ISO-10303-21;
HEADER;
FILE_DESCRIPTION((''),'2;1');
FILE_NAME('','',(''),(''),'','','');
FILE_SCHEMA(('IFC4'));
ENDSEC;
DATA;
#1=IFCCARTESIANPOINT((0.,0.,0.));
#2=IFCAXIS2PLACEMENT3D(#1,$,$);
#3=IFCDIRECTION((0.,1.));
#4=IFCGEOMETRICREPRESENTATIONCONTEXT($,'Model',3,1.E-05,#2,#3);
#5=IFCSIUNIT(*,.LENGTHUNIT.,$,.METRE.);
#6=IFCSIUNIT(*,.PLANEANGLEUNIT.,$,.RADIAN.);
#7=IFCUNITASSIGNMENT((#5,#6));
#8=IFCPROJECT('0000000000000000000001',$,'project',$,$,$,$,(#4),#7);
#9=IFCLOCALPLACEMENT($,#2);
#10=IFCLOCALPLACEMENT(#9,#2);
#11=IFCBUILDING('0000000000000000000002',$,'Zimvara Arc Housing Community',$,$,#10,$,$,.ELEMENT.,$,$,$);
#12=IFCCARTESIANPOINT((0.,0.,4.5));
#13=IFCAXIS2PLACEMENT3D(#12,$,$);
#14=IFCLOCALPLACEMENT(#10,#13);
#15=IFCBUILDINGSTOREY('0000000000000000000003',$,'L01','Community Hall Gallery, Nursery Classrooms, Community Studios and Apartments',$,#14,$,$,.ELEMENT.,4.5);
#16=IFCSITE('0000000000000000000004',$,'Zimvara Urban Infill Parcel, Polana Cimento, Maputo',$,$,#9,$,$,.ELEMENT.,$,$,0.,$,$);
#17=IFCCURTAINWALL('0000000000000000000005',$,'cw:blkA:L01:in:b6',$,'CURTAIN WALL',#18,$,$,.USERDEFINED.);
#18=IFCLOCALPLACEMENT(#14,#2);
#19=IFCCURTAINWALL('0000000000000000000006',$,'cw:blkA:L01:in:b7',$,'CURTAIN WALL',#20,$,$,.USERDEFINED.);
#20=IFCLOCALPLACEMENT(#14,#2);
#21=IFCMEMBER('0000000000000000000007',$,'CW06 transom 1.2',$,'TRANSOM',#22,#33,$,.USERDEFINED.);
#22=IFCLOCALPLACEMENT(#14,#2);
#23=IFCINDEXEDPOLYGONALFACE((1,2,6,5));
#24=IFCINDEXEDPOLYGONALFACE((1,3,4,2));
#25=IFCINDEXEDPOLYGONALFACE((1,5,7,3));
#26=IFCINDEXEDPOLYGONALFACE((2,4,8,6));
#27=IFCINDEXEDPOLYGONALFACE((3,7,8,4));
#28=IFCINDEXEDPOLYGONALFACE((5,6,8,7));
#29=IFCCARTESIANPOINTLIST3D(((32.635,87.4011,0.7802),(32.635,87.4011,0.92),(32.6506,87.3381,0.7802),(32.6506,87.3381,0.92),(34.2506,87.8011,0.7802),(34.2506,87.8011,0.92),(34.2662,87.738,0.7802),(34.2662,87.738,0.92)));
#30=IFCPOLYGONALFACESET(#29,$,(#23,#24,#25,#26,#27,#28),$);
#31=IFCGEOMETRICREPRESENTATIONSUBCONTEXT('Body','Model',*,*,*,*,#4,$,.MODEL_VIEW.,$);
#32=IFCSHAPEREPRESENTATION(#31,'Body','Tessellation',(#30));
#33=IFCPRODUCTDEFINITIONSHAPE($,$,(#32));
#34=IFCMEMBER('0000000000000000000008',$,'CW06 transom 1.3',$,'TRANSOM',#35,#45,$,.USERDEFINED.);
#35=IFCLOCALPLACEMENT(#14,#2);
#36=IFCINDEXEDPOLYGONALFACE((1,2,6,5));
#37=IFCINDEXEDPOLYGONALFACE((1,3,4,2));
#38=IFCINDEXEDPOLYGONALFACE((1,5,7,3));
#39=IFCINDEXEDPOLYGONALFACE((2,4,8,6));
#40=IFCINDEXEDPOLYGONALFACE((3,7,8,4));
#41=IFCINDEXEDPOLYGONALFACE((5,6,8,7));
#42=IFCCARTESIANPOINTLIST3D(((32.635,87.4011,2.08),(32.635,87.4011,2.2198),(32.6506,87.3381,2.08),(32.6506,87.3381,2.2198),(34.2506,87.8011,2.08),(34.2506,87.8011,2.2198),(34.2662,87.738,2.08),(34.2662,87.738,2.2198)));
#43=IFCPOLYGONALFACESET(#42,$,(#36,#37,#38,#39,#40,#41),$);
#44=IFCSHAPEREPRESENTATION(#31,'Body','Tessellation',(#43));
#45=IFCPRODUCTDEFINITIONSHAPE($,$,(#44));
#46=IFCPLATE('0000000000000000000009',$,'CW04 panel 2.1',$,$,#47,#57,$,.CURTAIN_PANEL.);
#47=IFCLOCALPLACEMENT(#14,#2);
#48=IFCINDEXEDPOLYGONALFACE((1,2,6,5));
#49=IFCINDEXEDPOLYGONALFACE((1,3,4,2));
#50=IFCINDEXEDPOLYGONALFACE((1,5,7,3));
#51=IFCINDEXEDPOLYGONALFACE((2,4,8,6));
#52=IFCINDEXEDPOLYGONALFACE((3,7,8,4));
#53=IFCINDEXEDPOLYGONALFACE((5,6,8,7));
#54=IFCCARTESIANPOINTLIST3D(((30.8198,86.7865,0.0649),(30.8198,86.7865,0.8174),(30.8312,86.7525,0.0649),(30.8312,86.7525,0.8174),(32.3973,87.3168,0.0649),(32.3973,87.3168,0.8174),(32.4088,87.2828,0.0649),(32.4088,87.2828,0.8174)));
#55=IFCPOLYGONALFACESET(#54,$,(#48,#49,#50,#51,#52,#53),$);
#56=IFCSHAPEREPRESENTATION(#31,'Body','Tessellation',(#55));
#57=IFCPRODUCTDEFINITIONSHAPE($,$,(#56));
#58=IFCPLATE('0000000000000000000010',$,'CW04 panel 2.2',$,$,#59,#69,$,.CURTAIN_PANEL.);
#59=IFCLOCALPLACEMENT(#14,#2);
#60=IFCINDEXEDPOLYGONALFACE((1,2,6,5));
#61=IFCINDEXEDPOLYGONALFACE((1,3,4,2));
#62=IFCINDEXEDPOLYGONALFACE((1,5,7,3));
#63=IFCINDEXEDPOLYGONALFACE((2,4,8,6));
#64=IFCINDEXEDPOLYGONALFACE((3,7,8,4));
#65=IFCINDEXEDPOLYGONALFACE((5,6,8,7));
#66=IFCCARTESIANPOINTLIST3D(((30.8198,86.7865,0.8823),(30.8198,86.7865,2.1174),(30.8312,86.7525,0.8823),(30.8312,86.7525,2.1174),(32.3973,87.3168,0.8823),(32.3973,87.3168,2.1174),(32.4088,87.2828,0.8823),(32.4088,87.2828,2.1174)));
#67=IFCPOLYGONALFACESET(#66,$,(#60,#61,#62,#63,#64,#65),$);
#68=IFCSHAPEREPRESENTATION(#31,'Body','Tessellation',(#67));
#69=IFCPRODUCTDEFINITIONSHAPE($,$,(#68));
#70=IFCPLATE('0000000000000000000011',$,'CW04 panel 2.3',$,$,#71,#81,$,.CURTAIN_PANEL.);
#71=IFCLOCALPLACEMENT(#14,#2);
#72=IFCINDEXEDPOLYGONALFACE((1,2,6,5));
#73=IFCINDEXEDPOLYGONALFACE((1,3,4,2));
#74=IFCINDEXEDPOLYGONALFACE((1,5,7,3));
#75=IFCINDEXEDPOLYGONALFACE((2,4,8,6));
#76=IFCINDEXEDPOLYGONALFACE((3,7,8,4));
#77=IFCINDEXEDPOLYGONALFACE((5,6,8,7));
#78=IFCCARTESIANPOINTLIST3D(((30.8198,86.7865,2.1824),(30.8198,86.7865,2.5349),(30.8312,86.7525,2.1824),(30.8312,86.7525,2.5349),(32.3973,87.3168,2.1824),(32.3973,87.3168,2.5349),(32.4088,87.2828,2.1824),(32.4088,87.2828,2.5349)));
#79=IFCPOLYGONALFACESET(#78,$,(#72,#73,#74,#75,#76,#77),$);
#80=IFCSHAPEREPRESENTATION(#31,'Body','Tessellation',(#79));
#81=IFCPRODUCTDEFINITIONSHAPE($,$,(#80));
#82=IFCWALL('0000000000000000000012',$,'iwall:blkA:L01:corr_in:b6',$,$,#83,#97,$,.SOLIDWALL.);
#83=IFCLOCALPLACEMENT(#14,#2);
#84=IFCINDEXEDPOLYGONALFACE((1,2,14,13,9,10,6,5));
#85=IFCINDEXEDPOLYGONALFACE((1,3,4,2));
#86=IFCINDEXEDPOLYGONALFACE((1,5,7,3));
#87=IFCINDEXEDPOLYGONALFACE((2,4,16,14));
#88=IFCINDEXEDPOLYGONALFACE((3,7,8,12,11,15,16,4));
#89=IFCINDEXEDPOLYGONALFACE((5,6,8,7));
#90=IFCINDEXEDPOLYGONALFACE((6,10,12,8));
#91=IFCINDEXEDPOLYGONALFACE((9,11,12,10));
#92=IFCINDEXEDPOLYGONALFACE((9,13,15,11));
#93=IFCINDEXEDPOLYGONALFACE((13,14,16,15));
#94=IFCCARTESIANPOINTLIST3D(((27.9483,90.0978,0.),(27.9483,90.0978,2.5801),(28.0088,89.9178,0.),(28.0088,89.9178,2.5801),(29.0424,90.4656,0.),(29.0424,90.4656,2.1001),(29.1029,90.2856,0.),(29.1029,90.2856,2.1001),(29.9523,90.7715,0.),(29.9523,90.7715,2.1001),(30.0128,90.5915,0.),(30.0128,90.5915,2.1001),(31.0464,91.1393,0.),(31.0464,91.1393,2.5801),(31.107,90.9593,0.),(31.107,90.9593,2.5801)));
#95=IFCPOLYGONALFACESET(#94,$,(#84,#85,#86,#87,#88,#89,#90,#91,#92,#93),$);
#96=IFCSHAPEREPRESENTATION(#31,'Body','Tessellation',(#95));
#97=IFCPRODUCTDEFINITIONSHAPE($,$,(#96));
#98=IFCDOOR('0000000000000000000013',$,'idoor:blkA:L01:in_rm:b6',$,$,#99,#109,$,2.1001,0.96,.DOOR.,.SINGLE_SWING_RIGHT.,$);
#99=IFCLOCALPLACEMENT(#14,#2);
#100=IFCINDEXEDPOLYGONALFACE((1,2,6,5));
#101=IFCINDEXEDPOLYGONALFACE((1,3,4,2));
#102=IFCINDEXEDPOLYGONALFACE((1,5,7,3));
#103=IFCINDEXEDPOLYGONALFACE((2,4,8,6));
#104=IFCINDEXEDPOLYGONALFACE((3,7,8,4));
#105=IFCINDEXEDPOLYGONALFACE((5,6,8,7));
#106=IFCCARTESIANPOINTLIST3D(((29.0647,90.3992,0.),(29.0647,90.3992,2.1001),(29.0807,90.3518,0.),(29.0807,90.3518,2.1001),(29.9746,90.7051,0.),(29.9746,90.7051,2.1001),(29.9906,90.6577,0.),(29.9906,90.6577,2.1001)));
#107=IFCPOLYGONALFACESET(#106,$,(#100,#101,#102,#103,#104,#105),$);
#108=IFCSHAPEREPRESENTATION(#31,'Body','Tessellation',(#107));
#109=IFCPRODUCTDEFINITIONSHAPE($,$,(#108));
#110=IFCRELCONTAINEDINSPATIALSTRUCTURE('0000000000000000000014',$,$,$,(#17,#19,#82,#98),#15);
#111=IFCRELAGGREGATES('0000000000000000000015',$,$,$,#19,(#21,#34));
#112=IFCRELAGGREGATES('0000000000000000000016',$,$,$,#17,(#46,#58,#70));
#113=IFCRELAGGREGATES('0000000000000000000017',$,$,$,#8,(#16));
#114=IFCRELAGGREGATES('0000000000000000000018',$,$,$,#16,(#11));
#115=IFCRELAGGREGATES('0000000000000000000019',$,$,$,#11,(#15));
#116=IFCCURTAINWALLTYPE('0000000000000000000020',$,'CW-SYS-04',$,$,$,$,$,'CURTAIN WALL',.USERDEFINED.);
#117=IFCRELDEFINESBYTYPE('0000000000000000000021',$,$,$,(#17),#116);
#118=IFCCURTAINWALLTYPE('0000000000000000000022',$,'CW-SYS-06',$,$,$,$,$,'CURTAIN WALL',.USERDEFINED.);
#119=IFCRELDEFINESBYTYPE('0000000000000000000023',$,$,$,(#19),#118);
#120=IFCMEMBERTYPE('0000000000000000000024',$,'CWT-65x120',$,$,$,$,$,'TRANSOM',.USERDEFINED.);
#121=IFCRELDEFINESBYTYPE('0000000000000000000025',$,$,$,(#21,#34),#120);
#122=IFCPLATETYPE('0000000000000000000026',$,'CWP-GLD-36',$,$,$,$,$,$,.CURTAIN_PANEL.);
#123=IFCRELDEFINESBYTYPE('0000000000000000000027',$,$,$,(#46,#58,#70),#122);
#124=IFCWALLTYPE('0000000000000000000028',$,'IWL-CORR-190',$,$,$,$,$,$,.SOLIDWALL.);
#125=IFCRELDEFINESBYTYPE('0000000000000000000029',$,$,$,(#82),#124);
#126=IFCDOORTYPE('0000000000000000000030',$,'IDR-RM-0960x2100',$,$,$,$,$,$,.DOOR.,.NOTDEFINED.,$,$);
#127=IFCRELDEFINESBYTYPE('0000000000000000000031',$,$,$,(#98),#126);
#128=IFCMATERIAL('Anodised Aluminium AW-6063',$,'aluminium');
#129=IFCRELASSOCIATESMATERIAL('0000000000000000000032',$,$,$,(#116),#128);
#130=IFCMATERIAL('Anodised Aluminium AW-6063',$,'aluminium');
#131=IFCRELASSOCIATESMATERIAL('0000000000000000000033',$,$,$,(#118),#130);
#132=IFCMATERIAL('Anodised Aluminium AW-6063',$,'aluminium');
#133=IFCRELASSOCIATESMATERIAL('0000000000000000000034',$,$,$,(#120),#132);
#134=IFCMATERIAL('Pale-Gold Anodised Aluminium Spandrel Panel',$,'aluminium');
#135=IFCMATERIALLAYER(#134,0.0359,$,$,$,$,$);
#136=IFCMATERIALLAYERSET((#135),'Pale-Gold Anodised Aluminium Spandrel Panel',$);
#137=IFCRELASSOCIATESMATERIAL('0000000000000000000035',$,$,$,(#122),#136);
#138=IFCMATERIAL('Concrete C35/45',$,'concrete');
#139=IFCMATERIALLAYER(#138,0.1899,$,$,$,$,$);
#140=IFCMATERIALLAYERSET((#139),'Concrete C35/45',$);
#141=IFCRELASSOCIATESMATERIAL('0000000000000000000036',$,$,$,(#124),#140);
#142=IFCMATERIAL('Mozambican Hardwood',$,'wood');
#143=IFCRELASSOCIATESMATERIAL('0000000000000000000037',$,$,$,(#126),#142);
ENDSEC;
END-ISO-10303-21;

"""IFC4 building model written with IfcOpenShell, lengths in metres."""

from ifc_helpers import new_model, si_unit, direction, frame, frame_2d, origin, origin_2d, place, context, subcontext, project, spatial, rectangle, extrude, material, layer, layer_set, material_profile, profile_set, type_object, element, fill, aggregate, save


model = new_model("IFC4")

# Units and contexts
model_context = context("Model", 3, precision=1e-05, world=origin(), true_north=direction((0.0, 1.0)))
body_context = subcontext(model_context, "Body", "Model", "MODEL_VIEW")
ifc_project = project(units=[si_unit("LENGTHUNIT", "METRE"), si_unit("PLANEANGLEUNIT", "RADIAN")], contexts=[model_context])

# Site, building, storey
site_placement = place(None, origin())
site = spatial("IfcSite", under=ifc_project, at=site_placement, Name="Zimvara Urban Infill Parcel, Polana Cimento, Maputo", CompositionType="ELEMENT", RefElevation=0.0)
building_placement = place(site_placement, origin())
building = spatial("IfcBuilding", under=site, at=building_placement, Name="Zimvara Arc Housing Community", CompositionType="ELEMENT")
storey_placement = place(building_placement, frame((0.0, 0.0, 4.5)))
storey = spatial("IfcBuildingStorey", under=building, at=storey_placement, Name="L01", Description="Community Hall Gallery, Nursery Classrooms, Community Studios and Apartments", CompositionType="ELEMENT", Elevation=4.5)

# Curtain walls
ifc_material_1 = material(Name="Anodised Aluminium AW-6063", Category="aluminium")
curtain_wall_type_1 = type_object("IfcCurtainWallType", Name="CW-SYS-04", ElementType="CURTAIN WALL", PredefinedType="USERDEFINED", material=ifc_material_1)
curtain_wall_1_placement = place(storey_placement, origin())
curtain_wall_1 = element("IfcCurtainWall", 1, at=curtain_wall_1_placement, inside=storey, type_object=curtain_wall_type_1, Name="cw:blkA:L01:in:b6", ObjectType="CURTAIN WALL", PredefinedType="USERDEFINED")
ifc_material_2 = material(Name="Anodised Aluminium AW-6063", Category="aluminium")
curtain_wall_type_2 = type_object("IfcCurtainWallType", Name="CW-SYS-06", ElementType="CURTAIN WALL", PredefinedType="USERDEFINED", material=ifc_material_2)
curtain_wall_2_placement = place(storey_placement, origin())
curtain_wall_2 = element("IfcCurtainWall", 2, at=curtain_wall_2_placement, inside=storey, type_object=curtain_wall_type_2, Name="cw:blkA:L01:in:b7", ObjectType="CURTAIN WALL", PredefinedType="USERDEFINED")

# Members
ifc_material_3 = material(Name="Anodised Aluminium AW-6063", Category="aluminium")
ifc_material_profile_1 = material_profile(ifc_material_3, rectangle(XDim=0.0649, YDim=0.1399, at=origin_2d()), Name="ALU 65x140")
ifc_profile_set_1 = profile_set([ifc_material_profile_1], Name="Anodised Aluminium AW-6063")
member_type_1 = type_object("IfcMemberType", Name="CWT-65x120", ElementType="TRANSOM", PredefinedType="USERDEFINED", material=ifc_profile_set_1)
member_1_placement = place(storey_placement, frame((32.6428, 87.3696, 0.8501), z_axis=(0.970701, 0.240291, 0.0), x_axis=(-0.240291, 0.970701, 0.0)))
member_1 = element("IfcMember", 3, at=member_1_placement, type_object=member_type_1, Name="CW06 transom 1.2", ObjectType="TRANSOM", PredefinedType="USERDEFINED", context=body_context, shape_type="SweptSolid", body=[
    extrude(rectangle(XDim=0.0649, YDim=0.1399, at=origin_2d()), origin(), (0.0, 0.0, 1.0), 1.6643),
])
member_2_placement = place(storey_placement, frame((32.6428, 87.3696, 2.1499), z_axis=(0.970701, 0.240291, 0.0), x_axis=(-0.240291, 0.970701, 0.0)))
member_2 = element("IfcMember", 4, at=member_2_placement, type_object=member_type_1, Name="CW06 transom 1.3", ObjectType="TRANSOM", PredefinedType="USERDEFINED", context=body_context, shape_type="SweptSolid", body=[
    extrude(rectangle(XDim=0.0649, YDim=0.1399, at=origin_2d()), origin(), (0.0, 0.0, 1.0), 1.6643),
])
aggregate(curtain_wall_2, [member_1, member_2])

# Plates
ifc_material_4 = material(Name="Pale-Gold Anodised Aluminium Spandrel Panel", Category="aluminium")
ifc_layer_1 = layer(ifc_material_4, 0.0359)
ifc_layer_set_1 = layer_set([ifc_layer_1], Name="Pale-Gold Anodised Aluminium Spandrel Panel")
plate_type = type_object("IfcPlateType", Name="CWP-GLD-36", PredefinedType="CURTAIN_PANEL", material=ifc_layer_set_1)
plate_1_placement = place(storey_placement, frame((31.6143, 87.0347, 0.0649), z_axis=(0.0, 0.0, 1.0), x_axis=(0.947879, 0.31863, 0.0)))
plate_1 = element("IfcPlate", 5, at=plate_1_placement, type_object=plate_type, Name="CW04 panel 2.1", PredefinedType="CURTAIN_PANEL", context=body_context, shape_type="SweptSolid", body=[
    extrude(rectangle(XDim=1.6643, YDim=0.0359, at=origin_2d()), origin(), (0.0, 0.0, 1.0), 0.7524),
])
plate_2_placement = place(storey_placement, frame((31.6143, 87.0347, 0.8823), z_axis=(0.0, 0.0, 1.0), x_axis=(0.947879, 0.31863, 0.0)))
plate_2 = element("IfcPlate", 6, at=plate_2_placement, type_object=plate_type, Name="CW04 panel 2.2", PredefinedType="CURTAIN_PANEL", context=body_context, shape_type="SweptSolid", body=[
    extrude(rectangle(XDim=1.6643, YDim=0.0359, at=origin_2d()), origin(), (0.0, 0.0, 1.0), 1.2351),
])
plate_3_placement = place(storey_placement, frame((31.6143, 87.0347, 2.1824), z_axis=(0.0, 0.0, 1.0), x_axis=(0.947879, 0.31863, 0.0)))
plate_3 = element("IfcPlate", 7, at=plate_3_placement, type_object=plate_type, Name="CW04 panel 2.3", PredefinedType="CURTAIN_PANEL", context=body_context, shape_type="SweptSolid", body=[
    extrude(rectangle(XDim=1.6643, YDim=0.0359, at=origin_2d()), origin(), (0.0, 0.0, 1.0), 0.3525),
])
aggregate(curtain_wall_1, [plate_1, plate_2, plate_3])

# Wall, opening, door
ifc_material_5 = material(Name="Concrete C35/45", Category="concrete")
ifc_layer_2 = layer(ifc_material_5, 0.1899)
ifc_layer_set_2 = layer_set([ifc_layer_2], Name="Concrete C35/45")
wall_type = type_object("IfcWallType", Name="IWL-CORR-190", PredefinedType="SOLIDWALL", material=ifc_layer_set_2)
wall_1_placement = place(storey_placement, frame((27.9785, 90.0078, 0.0), z_axis=(0.0, 0.0, 1.0), x_axis=(0.947874, 0.318647, 0.0)))
wall_1 = element("IfcWall", 8, at=wall_1_placement, inside=storey, type_object=wall_type, Name="iwall:blkA:L01:corr_in:b6", PredefinedType="SOLIDWALL", context=body_context, shape_type="SweptSolid", body=[
    extrude(rectangle(XDim=3.2686, YDim=0.1899, at=frame_2d((1.6343, 0.0))), origin(), (0.0, 0.0, 1.0), 2.5801),
])
opening_1_placement = place(wall_1_placement, frame((1.1543, 0.0, 0.0)))
opening_1 = element("IfcOpeningElement", 9, at=opening_1_placement, cuts=wall_1, PredefinedType="OPENING", context=body_context, shape_type="SweptSolid", body=[
    extrude(rectangle(XDim=0.96, YDim=2.1001, at=frame_2d((0.48, 1.05))), frame((0.0, 0.105, 0.0), z_axis=(0.0, -1.0, 0.0), x_axis=(1.0, 0.0, 0.0)), (0.0, 0.0, 1.0), 0.21),
])
ifc_material_6 = material(Name="Mozambican Hardwood", Category="wood")
door_type_1 = type_object("IfcDoorType", Name="IDR-RM-0960x2100", OperationType="NOTDEFINED", PredefinedType="DOOR", material=ifc_material_6)
door_1_placement = place(opening_1_placement, origin())
door_1 = element("IfcDoor", 10, at=door_1_placement, inside=storey, type_object=door_type_1, Name="idoor:blkA:L01:in_rm:b6", OperationType="SINGLE_SWING_RIGHT", OverallHeight=2.1001, OverallWidth=0.96, PredefinedType="DOOR", context=body_context, shape_type="SweptSolid", body=[
    extrude(rectangle(XDim=0.96, YDim=2.1001, at=frame_2d((0.48, 1.05))), frame((0.0, 0.0249, 0.0), z_axis=(0.0, -1.0, 0.0), x_axis=(1.0, 0.0, 0.0)), (0.0, 0.0, 1.0), 0.05),
])
fill(opening_1, door_1)

save(model, "model.ifc")
